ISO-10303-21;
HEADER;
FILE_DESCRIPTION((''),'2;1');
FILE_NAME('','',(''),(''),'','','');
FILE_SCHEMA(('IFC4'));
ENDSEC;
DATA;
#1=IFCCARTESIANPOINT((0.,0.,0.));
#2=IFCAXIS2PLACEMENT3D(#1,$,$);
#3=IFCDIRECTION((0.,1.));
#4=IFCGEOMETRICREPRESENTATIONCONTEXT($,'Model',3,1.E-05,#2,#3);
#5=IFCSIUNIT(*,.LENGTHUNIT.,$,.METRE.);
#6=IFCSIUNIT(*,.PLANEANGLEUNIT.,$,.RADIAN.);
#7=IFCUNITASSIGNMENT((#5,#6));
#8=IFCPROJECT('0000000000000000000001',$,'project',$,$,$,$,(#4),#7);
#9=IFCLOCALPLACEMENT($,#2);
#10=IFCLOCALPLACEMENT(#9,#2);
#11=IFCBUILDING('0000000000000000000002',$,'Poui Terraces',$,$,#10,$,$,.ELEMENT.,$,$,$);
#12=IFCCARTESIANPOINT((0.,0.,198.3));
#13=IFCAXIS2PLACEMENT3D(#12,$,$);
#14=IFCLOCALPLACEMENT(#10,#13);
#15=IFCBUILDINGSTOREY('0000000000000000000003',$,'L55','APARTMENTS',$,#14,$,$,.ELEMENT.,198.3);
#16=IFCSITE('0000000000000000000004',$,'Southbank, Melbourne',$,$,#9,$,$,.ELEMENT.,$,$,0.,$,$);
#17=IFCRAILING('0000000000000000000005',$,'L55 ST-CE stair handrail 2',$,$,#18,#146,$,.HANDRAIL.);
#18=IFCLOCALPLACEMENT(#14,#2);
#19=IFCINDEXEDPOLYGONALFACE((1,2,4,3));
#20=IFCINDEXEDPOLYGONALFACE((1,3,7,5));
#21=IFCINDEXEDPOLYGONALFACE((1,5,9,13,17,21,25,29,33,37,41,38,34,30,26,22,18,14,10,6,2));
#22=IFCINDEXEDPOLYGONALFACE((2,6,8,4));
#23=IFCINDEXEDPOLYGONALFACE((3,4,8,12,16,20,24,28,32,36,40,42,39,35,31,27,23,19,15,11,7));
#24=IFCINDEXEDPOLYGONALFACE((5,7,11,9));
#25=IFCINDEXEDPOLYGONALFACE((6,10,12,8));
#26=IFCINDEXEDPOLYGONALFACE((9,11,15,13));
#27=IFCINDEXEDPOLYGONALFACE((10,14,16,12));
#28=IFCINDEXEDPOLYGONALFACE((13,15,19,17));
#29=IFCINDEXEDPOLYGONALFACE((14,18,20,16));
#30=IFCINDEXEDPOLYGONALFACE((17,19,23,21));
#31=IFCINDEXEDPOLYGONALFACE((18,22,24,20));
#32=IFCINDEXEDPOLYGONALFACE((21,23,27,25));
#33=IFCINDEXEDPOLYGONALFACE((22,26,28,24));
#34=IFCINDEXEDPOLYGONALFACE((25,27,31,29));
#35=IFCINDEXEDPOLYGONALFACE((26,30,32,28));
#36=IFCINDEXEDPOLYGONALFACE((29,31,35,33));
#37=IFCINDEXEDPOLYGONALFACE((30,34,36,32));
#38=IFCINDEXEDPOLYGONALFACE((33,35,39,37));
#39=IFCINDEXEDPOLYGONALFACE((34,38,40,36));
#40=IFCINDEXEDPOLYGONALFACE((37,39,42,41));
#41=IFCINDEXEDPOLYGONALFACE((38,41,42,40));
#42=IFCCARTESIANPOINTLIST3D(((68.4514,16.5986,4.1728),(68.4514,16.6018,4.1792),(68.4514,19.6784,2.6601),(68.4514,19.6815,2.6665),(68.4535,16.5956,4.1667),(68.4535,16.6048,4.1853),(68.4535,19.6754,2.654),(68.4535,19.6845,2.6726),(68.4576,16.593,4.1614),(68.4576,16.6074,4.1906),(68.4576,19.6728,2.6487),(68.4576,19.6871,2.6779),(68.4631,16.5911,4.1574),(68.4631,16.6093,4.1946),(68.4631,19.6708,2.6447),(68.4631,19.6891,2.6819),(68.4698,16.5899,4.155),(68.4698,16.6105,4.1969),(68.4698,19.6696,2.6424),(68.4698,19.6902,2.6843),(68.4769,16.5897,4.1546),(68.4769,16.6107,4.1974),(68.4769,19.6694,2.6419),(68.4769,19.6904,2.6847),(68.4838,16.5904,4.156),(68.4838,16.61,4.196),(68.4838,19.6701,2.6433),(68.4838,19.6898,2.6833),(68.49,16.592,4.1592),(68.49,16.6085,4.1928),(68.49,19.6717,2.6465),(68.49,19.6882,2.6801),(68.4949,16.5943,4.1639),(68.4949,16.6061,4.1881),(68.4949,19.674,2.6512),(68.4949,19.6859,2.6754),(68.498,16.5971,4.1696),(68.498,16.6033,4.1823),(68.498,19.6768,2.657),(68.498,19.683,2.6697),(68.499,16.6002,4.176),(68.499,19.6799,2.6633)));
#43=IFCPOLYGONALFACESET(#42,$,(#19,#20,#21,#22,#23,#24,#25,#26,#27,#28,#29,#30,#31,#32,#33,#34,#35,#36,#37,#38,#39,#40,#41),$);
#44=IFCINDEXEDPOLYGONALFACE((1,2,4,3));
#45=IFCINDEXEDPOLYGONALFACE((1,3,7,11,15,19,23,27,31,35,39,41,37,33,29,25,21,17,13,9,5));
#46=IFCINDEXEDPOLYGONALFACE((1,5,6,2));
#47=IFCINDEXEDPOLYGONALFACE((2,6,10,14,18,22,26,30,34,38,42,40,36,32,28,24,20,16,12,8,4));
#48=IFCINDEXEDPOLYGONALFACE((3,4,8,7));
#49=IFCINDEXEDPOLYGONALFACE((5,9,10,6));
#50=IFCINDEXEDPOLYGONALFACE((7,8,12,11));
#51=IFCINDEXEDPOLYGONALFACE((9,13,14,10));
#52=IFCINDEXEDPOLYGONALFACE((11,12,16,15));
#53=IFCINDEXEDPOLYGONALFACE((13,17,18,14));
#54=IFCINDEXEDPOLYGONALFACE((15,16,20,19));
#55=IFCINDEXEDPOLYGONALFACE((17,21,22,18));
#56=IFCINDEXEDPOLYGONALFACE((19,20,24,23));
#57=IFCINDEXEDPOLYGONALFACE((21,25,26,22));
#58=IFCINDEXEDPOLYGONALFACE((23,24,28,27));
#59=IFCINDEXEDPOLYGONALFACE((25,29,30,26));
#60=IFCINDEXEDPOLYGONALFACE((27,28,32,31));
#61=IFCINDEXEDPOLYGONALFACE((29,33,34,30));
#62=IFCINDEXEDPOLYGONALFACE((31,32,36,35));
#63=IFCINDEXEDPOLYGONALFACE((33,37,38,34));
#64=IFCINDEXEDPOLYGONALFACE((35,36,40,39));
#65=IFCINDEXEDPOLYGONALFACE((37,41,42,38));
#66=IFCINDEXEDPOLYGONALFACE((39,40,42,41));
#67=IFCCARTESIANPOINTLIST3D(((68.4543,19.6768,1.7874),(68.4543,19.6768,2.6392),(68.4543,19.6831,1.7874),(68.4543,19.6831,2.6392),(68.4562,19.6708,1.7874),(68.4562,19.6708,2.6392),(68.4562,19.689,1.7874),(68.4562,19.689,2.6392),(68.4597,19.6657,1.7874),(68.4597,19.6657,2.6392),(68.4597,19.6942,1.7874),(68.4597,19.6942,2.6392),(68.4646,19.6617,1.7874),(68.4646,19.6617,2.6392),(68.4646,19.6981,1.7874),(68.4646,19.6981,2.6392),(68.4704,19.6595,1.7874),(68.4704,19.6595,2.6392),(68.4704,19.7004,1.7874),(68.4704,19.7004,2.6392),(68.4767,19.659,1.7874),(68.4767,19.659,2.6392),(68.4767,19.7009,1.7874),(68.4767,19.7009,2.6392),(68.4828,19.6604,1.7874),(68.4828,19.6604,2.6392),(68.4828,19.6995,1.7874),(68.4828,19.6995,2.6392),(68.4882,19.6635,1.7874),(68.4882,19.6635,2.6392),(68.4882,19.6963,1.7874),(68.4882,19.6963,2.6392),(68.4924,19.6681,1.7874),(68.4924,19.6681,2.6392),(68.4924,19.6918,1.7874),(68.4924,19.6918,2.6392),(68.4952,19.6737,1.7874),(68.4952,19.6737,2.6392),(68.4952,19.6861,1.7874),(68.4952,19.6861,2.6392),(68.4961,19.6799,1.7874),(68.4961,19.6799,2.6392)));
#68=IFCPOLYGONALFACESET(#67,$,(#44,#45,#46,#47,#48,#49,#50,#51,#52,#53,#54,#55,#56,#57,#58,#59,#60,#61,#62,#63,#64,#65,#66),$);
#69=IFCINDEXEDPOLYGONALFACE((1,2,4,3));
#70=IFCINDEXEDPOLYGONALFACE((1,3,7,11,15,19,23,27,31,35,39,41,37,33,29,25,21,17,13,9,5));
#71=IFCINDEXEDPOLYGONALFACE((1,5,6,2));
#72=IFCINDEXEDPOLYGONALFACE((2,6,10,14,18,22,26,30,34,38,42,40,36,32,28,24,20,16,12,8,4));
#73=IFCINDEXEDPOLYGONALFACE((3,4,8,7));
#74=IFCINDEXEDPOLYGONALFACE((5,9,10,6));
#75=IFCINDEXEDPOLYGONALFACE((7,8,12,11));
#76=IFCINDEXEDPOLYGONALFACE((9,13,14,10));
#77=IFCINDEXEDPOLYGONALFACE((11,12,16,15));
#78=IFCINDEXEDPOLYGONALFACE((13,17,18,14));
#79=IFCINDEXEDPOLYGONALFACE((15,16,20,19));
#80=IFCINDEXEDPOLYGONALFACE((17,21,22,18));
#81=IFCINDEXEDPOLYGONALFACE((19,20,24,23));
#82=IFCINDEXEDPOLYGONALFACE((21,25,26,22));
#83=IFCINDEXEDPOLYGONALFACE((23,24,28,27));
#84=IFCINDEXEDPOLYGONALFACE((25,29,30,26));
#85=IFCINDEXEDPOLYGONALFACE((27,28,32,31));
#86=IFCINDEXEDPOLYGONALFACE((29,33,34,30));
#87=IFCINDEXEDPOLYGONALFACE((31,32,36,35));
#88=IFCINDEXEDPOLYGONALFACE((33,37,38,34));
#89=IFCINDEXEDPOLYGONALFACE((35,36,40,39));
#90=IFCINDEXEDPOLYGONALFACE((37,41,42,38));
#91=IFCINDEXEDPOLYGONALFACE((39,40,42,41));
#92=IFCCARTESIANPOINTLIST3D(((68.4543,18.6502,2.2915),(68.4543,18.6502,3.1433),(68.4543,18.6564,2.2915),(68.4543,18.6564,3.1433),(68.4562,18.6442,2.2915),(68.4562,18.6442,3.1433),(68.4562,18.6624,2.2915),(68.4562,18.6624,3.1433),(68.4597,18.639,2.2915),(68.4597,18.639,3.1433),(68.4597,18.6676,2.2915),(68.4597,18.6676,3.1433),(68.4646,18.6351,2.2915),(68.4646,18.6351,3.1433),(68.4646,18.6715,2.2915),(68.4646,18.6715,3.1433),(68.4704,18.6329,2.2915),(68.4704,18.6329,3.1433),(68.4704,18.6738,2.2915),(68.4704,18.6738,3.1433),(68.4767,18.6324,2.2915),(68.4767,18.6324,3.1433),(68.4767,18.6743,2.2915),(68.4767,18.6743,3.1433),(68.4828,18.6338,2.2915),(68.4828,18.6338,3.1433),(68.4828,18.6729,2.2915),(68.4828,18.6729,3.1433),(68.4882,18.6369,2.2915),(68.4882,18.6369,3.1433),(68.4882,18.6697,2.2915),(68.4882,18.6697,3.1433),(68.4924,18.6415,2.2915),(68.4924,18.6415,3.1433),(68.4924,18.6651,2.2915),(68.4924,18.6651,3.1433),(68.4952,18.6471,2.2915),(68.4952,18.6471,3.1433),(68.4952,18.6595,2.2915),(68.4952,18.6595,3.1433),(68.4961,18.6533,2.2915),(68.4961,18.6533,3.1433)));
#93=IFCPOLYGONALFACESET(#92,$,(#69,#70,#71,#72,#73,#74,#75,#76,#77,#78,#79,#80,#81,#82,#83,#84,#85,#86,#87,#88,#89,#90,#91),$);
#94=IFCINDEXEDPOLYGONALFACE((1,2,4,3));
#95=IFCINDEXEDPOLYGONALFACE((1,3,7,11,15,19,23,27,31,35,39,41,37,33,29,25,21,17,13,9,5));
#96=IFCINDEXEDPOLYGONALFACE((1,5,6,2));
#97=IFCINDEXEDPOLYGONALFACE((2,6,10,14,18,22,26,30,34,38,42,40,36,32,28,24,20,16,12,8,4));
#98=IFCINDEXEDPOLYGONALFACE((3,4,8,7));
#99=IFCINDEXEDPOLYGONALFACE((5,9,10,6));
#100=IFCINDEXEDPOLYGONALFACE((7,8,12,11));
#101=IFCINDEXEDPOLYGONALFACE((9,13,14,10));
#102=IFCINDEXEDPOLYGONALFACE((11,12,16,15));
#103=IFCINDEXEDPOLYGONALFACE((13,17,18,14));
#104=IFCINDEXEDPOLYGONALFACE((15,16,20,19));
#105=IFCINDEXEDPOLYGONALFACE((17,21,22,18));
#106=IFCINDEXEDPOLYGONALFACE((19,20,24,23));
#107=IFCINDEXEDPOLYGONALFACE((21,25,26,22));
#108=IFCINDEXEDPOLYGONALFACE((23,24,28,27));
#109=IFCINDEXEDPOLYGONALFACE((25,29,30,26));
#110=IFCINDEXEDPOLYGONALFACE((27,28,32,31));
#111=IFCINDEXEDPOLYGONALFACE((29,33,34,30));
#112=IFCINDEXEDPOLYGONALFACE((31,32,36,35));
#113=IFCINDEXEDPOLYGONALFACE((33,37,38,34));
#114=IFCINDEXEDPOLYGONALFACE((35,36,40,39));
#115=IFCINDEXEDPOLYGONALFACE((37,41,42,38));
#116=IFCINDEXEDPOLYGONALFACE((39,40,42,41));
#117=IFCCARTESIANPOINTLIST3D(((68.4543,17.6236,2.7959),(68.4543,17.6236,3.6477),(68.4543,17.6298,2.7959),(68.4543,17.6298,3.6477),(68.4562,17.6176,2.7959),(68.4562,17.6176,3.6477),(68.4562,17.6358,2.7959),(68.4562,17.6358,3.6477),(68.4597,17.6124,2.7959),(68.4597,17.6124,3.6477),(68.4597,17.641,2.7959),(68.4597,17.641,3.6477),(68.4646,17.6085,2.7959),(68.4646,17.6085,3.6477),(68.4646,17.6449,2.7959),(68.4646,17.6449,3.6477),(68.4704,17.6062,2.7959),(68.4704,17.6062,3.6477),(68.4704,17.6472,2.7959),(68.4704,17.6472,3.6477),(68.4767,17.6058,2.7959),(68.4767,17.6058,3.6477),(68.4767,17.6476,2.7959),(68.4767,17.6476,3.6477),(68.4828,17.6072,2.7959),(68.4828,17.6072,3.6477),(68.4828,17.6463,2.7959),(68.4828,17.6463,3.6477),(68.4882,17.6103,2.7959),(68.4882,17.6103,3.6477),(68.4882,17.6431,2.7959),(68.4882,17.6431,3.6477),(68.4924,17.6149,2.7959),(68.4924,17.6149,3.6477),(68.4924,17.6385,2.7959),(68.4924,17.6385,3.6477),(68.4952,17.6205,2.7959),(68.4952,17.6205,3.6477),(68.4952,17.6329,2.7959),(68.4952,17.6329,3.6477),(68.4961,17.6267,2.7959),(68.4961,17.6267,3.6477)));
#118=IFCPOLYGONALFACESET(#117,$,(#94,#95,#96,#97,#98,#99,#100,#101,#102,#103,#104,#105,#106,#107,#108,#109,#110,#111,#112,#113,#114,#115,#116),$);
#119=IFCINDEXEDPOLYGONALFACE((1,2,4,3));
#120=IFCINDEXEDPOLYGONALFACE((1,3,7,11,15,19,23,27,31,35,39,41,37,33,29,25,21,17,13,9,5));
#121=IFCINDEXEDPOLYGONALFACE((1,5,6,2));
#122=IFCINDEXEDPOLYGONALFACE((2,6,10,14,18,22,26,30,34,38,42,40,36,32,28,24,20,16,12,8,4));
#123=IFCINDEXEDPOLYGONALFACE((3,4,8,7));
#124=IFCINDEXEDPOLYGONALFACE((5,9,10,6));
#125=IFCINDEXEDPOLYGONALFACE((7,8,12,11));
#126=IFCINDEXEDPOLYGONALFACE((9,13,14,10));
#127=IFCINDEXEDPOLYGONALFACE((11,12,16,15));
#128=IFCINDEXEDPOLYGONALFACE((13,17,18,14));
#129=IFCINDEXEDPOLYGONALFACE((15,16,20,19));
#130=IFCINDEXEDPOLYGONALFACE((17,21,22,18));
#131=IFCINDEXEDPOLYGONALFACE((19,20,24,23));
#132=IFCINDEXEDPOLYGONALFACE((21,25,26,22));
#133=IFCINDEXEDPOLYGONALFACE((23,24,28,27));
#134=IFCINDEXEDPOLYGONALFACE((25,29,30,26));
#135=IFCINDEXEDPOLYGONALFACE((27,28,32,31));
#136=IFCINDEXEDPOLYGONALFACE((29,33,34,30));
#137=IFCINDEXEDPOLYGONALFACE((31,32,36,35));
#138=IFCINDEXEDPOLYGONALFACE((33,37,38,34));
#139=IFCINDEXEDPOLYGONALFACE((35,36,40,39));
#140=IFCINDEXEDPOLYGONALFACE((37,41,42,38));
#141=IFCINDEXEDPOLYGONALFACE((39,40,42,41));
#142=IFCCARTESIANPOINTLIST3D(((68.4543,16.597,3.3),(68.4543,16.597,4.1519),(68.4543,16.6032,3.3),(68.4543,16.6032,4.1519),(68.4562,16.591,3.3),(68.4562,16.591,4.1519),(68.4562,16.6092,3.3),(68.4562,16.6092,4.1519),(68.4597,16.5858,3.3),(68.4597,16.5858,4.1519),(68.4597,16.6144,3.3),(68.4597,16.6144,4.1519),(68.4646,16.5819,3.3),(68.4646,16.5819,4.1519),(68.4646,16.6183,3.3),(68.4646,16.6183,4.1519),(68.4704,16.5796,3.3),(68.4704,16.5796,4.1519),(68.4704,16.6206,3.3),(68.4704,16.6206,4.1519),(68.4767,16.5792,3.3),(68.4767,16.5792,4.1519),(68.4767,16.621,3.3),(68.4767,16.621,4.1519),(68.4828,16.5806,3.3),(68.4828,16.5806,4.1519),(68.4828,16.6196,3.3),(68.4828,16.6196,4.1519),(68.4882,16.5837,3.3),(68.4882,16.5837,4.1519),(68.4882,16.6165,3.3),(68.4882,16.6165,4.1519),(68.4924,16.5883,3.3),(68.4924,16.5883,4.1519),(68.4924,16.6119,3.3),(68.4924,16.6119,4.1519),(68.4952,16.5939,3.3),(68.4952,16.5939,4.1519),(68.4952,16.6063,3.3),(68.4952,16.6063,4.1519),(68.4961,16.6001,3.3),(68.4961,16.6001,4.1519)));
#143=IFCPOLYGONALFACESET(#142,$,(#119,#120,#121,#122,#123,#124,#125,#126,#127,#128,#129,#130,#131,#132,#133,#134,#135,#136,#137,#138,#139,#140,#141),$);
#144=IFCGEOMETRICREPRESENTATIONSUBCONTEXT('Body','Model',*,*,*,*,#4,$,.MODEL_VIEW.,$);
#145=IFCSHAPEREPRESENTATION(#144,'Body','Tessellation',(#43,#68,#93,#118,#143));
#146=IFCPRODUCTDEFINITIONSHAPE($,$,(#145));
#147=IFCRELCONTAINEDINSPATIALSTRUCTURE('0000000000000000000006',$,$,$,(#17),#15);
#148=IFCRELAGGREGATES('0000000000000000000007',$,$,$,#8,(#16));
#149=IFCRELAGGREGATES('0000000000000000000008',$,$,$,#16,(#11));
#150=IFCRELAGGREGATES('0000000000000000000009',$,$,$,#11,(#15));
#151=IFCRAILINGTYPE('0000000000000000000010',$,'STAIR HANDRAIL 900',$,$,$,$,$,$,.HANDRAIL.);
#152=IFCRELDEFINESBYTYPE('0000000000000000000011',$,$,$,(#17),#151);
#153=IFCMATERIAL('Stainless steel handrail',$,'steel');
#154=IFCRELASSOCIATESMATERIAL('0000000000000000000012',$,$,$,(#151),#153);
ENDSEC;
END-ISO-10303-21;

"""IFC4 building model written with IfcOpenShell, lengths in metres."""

from ifc_helpers import new_model, si_unit, direction, frame, origin, origin_2d, place, context, subcontext, project, spatial, circle, extrude, material, type_object, element, save


model = new_model("IFC4")

# Units and contexts
model_context = context("Model", 3, precision=1e-05, world=origin(), true_north=direction((0.0, 1.0)))
body_context = subcontext(model_context, "Body", "Model", "MODEL_VIEW")
ifc_project = project(units=[si_unit("LENGTHUNIT", "METRE"), si_unit("PLANEANGLEUNIT", "RADIAN")], contexts=[model_context])

# Site, building, storey
site_placement = place(None, origin())
site = spatial("IfcSite", under=ifc_project, at=site_placement, Name="Southbank, Melbourne", CompositionType="ELEMENT", RefElevation=0.0)
building_placement = place(site_placement, origin())
building = spatial("IfcBuilding", under=site, at=building_placement, Name="Poui Terraces", CompositionType="ELEMENT")
storey_placement = place(building_placement, frame((0.0, 0.0, 198.3)))
storey = spatial("IfcBuildingStorey", under=building, at=storey_placement, Name="L55", Description="APARTMENTS", CompositionType="ELEMENT", Elevation=198.3)

# Railing
ifc_material_1 = material(Name="Stainless steel handrail", Category="steel")
railing_type_1 = type_object("IfcRailingType", Name="STAIR HANDRAIL 900", PredefinedType="HANDRAIL", material=ifc_material_1)
railing_1_placement = place(storey_placement, frame((68.4751, 19.6799, 1.7874)))
element("IfcRailing", 1, at=railing_1_placement, inside=storey, type_object=railing_type_1, Name="L55 ST-CE stair handrail 2", PredefinedType="HANDRAIL", context=body_context, shape_type="SweptSolid", body=[
    extrude(circle(Radius=0.0239, at=origin_2d()), frame((0.0, 0.0, 0.876), z_axis=(0.0, -0.897578, 0.440856), x_axis=(1.0, 0.0, 0.0)), (0.0, 0.0, 1.0), 3.4312),
    extrude(circle(Radius=0.021, at=origin_2d()), origin(), (0.0, 0.0, 1.0), 0.8518),
    extrude(circle(Radius=0.021, at=origin_2d()), frame((0.0, -1.0266, 0.5042)), (0.0, 0.0, 1.0), 0.8518),
    extrude(circle(Radius=0.021, at=origin_2d()), frame((0.0, -2.0532, 1.0085)), (0.0, 0.0, 1.0), 0.8518),
    extrude(circle(Radius=0.021, at=origin_2d()), frame((0.0, -3.0798, 1.5127)), (0.0, 0.0, 1.0), 0.8518),
])

save(model, "model.ifc")
